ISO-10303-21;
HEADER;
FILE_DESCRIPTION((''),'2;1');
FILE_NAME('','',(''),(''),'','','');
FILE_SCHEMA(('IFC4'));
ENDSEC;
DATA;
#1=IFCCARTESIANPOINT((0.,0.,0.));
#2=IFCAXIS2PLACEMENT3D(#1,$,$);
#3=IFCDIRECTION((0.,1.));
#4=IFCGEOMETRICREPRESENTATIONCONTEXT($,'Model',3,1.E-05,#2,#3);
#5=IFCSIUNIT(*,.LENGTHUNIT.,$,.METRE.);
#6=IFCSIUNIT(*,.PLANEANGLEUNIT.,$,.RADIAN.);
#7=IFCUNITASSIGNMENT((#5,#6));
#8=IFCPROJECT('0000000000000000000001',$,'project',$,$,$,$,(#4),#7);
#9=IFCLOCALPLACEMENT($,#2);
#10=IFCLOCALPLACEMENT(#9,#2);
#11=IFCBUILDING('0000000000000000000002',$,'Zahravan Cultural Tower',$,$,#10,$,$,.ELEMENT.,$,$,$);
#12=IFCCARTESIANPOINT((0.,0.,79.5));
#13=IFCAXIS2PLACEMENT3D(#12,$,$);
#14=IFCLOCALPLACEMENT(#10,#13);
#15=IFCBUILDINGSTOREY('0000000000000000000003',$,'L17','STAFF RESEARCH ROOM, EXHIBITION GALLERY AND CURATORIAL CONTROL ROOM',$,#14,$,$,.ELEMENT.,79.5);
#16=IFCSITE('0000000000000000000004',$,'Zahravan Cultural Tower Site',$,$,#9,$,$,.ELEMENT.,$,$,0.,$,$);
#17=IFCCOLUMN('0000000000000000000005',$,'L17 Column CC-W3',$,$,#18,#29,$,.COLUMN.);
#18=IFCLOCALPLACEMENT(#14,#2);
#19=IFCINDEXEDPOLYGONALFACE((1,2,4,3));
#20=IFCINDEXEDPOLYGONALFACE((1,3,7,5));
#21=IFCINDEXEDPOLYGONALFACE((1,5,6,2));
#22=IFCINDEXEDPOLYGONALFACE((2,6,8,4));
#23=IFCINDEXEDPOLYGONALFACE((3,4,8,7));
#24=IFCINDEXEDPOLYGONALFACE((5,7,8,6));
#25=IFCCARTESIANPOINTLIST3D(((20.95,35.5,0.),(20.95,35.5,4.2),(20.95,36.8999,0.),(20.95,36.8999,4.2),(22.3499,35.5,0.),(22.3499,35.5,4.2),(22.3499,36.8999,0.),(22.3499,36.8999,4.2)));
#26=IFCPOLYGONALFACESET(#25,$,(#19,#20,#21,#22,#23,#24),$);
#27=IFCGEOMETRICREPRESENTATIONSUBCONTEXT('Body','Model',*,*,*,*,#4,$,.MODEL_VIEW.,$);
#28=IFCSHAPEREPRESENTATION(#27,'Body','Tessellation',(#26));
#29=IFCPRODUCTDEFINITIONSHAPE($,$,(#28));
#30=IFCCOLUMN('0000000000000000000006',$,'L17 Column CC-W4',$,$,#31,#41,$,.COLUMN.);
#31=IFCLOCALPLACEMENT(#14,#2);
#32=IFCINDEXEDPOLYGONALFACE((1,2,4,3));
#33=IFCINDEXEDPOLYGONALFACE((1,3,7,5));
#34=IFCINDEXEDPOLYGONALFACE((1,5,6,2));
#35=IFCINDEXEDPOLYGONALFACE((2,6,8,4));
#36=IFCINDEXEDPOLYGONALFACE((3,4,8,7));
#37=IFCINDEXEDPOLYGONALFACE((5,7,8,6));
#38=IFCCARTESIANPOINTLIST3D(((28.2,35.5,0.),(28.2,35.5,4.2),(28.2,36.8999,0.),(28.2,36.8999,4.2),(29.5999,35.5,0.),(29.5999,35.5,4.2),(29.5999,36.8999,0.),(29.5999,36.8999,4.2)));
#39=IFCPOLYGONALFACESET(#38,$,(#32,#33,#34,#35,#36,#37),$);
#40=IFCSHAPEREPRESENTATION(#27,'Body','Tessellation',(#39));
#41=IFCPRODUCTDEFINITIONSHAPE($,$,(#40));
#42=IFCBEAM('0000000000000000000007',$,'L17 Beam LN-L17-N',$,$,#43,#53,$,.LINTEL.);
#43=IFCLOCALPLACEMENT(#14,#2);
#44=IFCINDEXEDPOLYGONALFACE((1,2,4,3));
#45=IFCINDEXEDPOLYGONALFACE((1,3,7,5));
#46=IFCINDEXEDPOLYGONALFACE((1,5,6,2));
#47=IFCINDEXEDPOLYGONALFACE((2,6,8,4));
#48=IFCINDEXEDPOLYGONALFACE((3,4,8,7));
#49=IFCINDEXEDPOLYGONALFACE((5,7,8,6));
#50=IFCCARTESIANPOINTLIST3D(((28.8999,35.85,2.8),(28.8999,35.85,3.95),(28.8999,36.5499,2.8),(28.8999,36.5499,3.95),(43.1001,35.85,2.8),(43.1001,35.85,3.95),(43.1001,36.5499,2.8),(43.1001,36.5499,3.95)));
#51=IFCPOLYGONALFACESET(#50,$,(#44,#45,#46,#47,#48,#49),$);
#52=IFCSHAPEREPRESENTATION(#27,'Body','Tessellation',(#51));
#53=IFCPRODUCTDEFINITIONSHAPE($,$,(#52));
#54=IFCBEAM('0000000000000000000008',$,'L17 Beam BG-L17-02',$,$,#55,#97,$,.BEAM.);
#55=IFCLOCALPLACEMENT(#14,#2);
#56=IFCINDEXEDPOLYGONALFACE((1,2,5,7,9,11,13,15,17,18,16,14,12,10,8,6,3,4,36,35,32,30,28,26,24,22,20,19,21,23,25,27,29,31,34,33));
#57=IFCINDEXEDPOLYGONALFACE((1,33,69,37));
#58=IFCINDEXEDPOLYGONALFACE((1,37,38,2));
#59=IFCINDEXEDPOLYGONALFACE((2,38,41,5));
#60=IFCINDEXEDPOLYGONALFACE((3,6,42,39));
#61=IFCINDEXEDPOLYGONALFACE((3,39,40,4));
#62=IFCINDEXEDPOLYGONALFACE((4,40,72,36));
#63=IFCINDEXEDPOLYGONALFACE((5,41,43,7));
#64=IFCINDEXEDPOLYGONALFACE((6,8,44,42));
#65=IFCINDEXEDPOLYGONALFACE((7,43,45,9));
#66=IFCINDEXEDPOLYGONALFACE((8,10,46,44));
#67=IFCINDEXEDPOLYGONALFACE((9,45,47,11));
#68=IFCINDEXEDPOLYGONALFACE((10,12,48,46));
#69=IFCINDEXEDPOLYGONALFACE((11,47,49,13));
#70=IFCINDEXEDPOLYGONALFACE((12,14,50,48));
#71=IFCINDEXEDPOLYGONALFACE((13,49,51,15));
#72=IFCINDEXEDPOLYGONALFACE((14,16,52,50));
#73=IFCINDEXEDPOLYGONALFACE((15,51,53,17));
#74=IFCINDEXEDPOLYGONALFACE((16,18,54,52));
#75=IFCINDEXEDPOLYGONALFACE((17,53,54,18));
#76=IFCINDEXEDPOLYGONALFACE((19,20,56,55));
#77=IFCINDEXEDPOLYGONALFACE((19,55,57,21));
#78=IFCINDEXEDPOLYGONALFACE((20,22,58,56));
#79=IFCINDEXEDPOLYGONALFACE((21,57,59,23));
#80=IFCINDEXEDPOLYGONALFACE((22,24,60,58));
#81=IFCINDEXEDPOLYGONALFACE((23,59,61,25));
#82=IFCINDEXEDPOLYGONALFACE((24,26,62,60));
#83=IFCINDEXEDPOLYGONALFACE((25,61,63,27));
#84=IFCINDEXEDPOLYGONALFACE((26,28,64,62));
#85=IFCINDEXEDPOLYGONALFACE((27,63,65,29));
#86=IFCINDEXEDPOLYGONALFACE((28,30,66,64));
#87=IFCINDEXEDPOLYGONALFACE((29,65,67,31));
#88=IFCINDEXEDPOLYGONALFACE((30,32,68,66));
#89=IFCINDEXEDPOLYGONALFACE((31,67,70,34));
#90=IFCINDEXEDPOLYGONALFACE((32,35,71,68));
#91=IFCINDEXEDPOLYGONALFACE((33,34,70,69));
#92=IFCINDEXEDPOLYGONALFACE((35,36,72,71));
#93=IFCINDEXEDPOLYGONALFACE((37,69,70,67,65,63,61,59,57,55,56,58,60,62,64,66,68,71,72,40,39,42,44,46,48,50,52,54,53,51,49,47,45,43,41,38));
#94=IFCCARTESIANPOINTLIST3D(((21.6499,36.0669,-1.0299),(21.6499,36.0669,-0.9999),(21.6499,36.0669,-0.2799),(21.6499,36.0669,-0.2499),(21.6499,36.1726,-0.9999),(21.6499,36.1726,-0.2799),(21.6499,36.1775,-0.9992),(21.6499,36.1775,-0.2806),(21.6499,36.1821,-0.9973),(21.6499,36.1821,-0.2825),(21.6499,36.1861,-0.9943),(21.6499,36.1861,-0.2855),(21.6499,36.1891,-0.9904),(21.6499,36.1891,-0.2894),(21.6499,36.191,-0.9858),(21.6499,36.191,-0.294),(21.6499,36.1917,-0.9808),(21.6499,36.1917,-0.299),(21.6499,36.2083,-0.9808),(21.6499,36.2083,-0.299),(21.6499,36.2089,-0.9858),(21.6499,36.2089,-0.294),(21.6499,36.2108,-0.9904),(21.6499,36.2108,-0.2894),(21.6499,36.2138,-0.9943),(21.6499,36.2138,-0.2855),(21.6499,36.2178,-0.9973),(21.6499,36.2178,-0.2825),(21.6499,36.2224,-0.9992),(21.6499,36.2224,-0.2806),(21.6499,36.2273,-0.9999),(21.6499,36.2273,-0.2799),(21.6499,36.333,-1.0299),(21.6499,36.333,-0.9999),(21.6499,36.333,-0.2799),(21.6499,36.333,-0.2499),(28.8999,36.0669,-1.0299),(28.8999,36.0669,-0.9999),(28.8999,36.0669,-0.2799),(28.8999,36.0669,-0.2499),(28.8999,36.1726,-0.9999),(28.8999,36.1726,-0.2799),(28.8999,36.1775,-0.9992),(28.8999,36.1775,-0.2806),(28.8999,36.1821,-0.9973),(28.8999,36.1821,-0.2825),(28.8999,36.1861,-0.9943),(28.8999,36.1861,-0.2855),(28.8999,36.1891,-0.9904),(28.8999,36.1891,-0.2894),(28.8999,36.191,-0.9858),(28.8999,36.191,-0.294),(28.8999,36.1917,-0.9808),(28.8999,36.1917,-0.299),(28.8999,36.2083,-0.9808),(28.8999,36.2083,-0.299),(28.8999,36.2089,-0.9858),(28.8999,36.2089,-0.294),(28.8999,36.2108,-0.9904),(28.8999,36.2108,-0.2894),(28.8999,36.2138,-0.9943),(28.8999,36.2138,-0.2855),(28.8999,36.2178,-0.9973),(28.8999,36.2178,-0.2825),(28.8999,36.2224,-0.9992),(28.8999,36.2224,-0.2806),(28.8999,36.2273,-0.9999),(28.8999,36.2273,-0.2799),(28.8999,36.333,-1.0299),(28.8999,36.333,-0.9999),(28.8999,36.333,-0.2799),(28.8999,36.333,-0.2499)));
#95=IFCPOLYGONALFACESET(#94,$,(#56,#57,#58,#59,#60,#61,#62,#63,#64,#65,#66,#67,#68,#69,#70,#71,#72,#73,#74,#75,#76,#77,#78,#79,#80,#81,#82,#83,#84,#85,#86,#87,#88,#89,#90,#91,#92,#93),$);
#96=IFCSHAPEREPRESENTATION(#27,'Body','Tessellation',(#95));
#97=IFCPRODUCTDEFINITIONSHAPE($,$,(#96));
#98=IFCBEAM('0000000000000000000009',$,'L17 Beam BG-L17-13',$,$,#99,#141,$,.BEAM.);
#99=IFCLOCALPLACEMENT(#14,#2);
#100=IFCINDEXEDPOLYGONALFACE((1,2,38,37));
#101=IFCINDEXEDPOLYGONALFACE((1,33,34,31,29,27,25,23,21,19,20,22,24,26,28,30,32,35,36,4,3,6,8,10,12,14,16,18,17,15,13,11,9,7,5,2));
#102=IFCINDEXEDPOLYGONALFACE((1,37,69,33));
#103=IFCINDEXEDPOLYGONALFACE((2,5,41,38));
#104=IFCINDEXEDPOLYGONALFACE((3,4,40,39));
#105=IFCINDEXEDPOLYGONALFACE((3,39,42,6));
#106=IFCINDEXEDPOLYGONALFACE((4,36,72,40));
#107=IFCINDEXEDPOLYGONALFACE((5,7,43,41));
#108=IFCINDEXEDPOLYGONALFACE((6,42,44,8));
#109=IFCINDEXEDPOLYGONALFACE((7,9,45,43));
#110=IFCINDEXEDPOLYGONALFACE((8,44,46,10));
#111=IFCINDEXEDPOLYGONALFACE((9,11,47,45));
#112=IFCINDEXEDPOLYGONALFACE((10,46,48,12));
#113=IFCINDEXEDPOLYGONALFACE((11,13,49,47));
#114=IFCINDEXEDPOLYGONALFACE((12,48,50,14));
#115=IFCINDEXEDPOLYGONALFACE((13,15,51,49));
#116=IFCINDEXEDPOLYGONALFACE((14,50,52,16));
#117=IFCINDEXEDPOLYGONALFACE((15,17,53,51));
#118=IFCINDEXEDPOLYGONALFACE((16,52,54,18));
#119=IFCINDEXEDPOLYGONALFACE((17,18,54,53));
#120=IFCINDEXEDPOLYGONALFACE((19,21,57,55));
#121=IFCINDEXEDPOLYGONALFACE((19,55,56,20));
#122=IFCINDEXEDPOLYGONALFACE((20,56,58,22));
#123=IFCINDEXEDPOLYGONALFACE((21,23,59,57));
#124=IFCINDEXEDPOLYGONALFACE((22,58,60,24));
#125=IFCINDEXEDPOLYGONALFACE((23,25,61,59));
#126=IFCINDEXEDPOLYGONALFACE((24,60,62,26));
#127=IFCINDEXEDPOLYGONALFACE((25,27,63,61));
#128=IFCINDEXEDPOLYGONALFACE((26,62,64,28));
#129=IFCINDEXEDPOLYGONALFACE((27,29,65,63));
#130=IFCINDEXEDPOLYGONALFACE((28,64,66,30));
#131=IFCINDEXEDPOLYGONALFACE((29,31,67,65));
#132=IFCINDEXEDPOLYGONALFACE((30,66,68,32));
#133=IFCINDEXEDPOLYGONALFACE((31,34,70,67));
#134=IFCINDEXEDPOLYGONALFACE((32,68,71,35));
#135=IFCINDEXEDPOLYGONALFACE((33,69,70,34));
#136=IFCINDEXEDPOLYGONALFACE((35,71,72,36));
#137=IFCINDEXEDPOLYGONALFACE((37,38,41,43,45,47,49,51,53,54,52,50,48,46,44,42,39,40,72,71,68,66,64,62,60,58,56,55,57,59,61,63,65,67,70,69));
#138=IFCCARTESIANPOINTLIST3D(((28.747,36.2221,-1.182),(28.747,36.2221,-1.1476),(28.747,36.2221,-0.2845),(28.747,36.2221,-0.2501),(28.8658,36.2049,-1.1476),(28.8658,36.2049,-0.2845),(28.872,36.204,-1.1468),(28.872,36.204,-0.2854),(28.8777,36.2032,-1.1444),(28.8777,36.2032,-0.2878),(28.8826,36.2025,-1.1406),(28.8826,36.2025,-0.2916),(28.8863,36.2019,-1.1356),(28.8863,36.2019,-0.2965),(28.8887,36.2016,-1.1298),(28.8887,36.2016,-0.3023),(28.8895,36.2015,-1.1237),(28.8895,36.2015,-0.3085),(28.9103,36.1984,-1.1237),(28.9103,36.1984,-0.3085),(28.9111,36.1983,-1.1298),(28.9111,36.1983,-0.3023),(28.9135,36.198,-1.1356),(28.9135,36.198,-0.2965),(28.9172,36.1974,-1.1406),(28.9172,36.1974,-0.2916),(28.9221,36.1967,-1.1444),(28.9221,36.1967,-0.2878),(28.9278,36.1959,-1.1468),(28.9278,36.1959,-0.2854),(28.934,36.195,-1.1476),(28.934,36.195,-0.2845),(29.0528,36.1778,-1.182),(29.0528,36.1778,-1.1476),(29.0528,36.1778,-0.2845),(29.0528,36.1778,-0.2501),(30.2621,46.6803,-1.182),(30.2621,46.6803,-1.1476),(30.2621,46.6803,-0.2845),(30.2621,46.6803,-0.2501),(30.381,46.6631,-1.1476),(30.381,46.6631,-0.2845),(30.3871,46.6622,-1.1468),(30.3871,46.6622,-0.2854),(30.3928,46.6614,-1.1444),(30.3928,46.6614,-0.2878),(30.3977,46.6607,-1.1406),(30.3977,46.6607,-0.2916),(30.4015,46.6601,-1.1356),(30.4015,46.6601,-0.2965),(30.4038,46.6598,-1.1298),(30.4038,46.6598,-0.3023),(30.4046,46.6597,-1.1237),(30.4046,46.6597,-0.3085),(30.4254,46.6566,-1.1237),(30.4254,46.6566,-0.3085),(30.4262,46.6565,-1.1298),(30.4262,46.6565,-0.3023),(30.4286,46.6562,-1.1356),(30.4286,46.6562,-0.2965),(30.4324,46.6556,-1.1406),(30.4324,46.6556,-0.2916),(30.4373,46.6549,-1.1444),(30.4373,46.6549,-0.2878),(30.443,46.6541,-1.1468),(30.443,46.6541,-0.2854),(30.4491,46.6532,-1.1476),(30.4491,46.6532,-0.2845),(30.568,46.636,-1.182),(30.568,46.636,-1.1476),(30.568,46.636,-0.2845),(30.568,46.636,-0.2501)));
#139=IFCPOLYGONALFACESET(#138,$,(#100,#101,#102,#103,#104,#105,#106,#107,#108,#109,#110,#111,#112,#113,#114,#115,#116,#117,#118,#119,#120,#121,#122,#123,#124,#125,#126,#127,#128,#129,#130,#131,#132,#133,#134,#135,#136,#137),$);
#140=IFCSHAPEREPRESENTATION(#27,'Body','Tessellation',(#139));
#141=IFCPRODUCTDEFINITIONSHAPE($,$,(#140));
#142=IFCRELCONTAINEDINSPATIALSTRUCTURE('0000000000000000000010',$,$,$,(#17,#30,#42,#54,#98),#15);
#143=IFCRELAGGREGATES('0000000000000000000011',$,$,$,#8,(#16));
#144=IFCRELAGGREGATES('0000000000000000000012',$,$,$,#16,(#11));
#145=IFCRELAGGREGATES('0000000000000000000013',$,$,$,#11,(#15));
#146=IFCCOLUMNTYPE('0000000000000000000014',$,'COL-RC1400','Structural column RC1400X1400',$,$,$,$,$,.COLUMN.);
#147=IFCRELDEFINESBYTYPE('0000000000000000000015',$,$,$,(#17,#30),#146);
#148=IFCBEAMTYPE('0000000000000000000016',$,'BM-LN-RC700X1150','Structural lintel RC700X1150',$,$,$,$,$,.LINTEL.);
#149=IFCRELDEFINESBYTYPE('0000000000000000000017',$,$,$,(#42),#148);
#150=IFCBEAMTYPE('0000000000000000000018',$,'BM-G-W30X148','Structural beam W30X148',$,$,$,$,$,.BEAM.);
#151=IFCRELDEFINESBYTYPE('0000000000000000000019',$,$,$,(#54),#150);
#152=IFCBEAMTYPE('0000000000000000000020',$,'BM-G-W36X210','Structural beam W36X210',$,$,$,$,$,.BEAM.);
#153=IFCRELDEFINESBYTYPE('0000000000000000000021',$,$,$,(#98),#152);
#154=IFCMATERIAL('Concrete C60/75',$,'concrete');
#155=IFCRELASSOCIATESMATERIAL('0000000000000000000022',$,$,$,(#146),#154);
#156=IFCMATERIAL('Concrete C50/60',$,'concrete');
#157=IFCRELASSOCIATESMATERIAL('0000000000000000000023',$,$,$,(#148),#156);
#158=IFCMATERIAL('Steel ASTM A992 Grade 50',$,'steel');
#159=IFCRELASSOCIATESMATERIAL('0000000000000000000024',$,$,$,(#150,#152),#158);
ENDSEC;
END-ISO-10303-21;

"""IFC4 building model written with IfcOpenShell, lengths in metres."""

from ifc_helpers import new_model, si_unit, direction, frame, origin, origin_2d, place, context, subcontext, project, spatial, rectangle, i_section, extrude, source, transform, mapped, material, material_profile, profile_set, type_object, element, save


model = new_model("IFC4")

# Units and contexts
model_context = context("Model", 3, precision=1e-05, world=origin(), true_north=direction((0.0, 1.0)))
body_context = subcontext(model_context, "Body", "Model", "MODEL_VIEW")
ifc_project = project(units=[si_unit("LENGTHUNIT", "METRE"), si_unit("PLANEANGLEUNIT", "RADIAN")], contexts=[model_context])

# Site, building, storey
site_placement = place(None, origin())
site = spatial("IfcSite", under=ifc_project, at=site_placement, Name="Zahravan Cultural Tower Site", CompositionType="ELEMENT", RefElevation=0.0)
building_placement = place(site_placement, origin())
building = spatial("IfcBuilding", under=site, at=building_placement, Name="Zahravan Cultural Tower", CompositionType="ELEMENT")
storey_placement = place(building_placement, frame((0.0, 0.0, 79.5)))
storey = spatial("IfcBuildingStorey", under=building, at=storey_placement, Name="L17", Description="STAFF RESEARCH ROOM, EXHIBITION GALLERY AND CURATORIAL CONTROL ROOM", CompositionType="ELEMENT", Elevation=79.5)

# Columns
ifc_material_1 = material(Name="Concrete C60/75", Category="concrete")
ifc_material_profile_1 = material_profile(ifc_material_1, rectangle(XDim=1.3999, YDim=1.3999, at=origin_2d()), Name="RC1400X1400")
ifc_profile_set_1 = profile_set([ifc_material_profile_1], Name="Concrete C60/75")
column_type = type_object("IfcColumnType", Name="COL-RC1400", Description="Structural column RC1400X1400", PredefinedType="COLUMN", material=ifc_profile_set_1)
shared_shape_1 = source(origin(), body_context, "Body", "SweptSolid", [
    extrude(rectangle(XDim=1.3999, YDim=1.3999, at=origin_2d()), origin(), (0.0, 0.0, 1.0), 4.2),
])
for number, where, z_axis, x_axis, name in (
    (1, (21.6499, 36.2, 0.0), (0.0, 0.0, 1.0), (1.0, 0.0, 0.0), "L17 Column CC-W3"),
    (2, (28.8999, 36.2, 0.0), (0.0, 0.0, 1.0), (1.0, 0.0, 0.0), "L17 Column CC-W4"),
):
    element("IfcColumn", number, at=place(storey_placement, frame(where, z_axis=z_axis, x_axis=x_axis)), inside=storey, type_object=column_type, Name=name, PredefinedType="COLUMN", context=body_context, shape_type="MappedRepresentation", body=[
        mapped(shared_shape_1, transform((0.0, 0.0, 0.0), x_axis=(1.0, 0.0, 0.0), y_axis=(0.0, 1.0, 0.0), z_axis=(0.0, 0.0, 1.0), scale=1.0)),
    ])

# Beams
ifc_material_2 = material(Name="Concrete C50/60", Category="concrete")
ifc_material_profile_2 = material_profile(ifc_material_2, rectangle(XDim=0.7, YDim=1.1499, at=origin_2d()), Name="RC700X1150")
ifc_profile_set_2 = profile_set([ifc_material_profile_2], Name="Concrete C50/60")
beam_type_1 = type_object("IfcBeamType", Name="BM-LN-RC700X1150", Description="Structural lintel RC700X1150", PredefinedType="LINTEL", material=ifc_profile_set_2)
shared_shape_2 = source(origin(), body_context, "Body", "SweptSolid", [
    extrude(rectangle(XDim=0.7, YDim=1.1499, at=origin_2d()), origin(), (0.0, 0.0, 1.0), 14.2002),
])
beam_1_placement = place(storey_placement, frame((28.8999, 36.2, 3.375), z_axis=(1.0, 0.0, 0.0), x_axis=(0.0, 1.0, 0.0)))
element("IfcBeam", 3, at=beam_1_placement, inside=storey, type_object=beam_type_1, Name="L17 Beam LN-L17-N", PredefinedType="LINTEL", context=body_context, shape_type="MappedRepresentation", body=[
    mapped(shared_shape_2, transform((0.0, 0.0, 0.0), x_axis=(1.0, 0.0, 0.0), y_axis=(0.0, 1.0, 0.0), z_axis=(0.0, 0.0, 1.0), scale=1.0)),
])
ifc_material_3 = material(Name="Steel ASTM A992 Grade 50", Category="steel")
ifc_material_profile_3 = material_profile(ifc_material_3, i_section(OverallWidth=0.2661, OverallDepth=0.78, WebThickness=0.0166, FlangeThickness=0.03, FilletRadius=0.019, at=origin_2d()), Name="W30X148")
ifc_profile_set_3 = profile_set([ifc_material_profile_3], Name="Steel ASTM A992 Grade 50")
beam_type_2 = type_object("IfcBeamType", Name="BM-G-W30X148", Description="Structural beam W30X148", PredefinedType="BEAM", material=ifc_profile_set_3)
shared_shape_3 = source(origin(), body_context, "Body", "SweptSolid", [
    extrude(i_section(OverallWidth=0.2661, OverallDepth=0.78, WebThickness=0.0166, FlangeThickness=0.03, FilletRadius=0.019, at=origin_2d()), origin(), (0.0, 0.0, 1.0), 7.25),
])
beam_2_placement = place(storey_placement, frame((21.6499, 36.2, -0.6399), z_axis=(1.0, 0.0, 0.0), x_axis=(0.0, 1.0, 0.0)))
element("IfcBeam", 4, at=beam_2_placement, inside=storey, type_object=beam_type_2, Name="L17 Beam BG-L17-02", PredefinedType="BEAM", context=body_context, shape_type="MappedRepresentation", body=[
    mapped(shared_shape_3, transform((0.0, 0.0, 0.0), x_axis=(1.0, 0.0, 0.0), y_axis=(0.0, 1.0, 0.0), z_axis=(0.0, 0.0, 1.0), scale=1.0)),
])
ifc_material_profile_4 = material_profile(ifc_material_3, i_section(OverallWidth=0.3091, OverallDepth=0.9319, WebThickness=0.021, FlangeThickness=0.0344, FilletRadius=0.0239, at=origin_2d()), Name="W36X210")
ifc_profile_set_4 = profile_set([ifc_material_profile_4], Name="Steel ASTM A992 Grade 50")
beam_type_3 = type_object("IfcBeamType", Name="BM-G-W36X210", Description="Structural beam W36X210", PredefinedType="BEAM", material=ifc_profile_set_4)
shared_shape_4 = source(origin(), body_context, "Body", "SweptSolid", [
    extrude(i_section(OverallWidth=0.3091, OverallDepth=0.9319, WebThickness=0.021, FlangeThickness=0.0344, FilletRadius=0.0239, at=origin_2d()), origin(), (0.0, 0.0, 1.0), 10.5674),
])
beam_3_placement = place(storey_placement, frame((28.8999, 36.2, -0.7161), z_axis=(0.143378, 0.989668, 0.0), x_axis=(-0.989668, 0.143378, 0.0)))
element("IfcBeam", 5, at=beam_3_placement, inside=storey, type_object=beam_type_3, Name="L17 Beam BG-L17-13", PredefinedType="BEAM", context=body_context, shape_type="MappedRepresentation", body=[
    mapped(shared_shape_4, transform((0.0, 0.0, 0.0), x_axis=(1.0, 0.0, 0.0), y_axis=(0.0, 1.0, 0.0), z_axis=(0.0, 0.0, 1.0), scale=1.0)),
])

save(model, "model.ifc")
